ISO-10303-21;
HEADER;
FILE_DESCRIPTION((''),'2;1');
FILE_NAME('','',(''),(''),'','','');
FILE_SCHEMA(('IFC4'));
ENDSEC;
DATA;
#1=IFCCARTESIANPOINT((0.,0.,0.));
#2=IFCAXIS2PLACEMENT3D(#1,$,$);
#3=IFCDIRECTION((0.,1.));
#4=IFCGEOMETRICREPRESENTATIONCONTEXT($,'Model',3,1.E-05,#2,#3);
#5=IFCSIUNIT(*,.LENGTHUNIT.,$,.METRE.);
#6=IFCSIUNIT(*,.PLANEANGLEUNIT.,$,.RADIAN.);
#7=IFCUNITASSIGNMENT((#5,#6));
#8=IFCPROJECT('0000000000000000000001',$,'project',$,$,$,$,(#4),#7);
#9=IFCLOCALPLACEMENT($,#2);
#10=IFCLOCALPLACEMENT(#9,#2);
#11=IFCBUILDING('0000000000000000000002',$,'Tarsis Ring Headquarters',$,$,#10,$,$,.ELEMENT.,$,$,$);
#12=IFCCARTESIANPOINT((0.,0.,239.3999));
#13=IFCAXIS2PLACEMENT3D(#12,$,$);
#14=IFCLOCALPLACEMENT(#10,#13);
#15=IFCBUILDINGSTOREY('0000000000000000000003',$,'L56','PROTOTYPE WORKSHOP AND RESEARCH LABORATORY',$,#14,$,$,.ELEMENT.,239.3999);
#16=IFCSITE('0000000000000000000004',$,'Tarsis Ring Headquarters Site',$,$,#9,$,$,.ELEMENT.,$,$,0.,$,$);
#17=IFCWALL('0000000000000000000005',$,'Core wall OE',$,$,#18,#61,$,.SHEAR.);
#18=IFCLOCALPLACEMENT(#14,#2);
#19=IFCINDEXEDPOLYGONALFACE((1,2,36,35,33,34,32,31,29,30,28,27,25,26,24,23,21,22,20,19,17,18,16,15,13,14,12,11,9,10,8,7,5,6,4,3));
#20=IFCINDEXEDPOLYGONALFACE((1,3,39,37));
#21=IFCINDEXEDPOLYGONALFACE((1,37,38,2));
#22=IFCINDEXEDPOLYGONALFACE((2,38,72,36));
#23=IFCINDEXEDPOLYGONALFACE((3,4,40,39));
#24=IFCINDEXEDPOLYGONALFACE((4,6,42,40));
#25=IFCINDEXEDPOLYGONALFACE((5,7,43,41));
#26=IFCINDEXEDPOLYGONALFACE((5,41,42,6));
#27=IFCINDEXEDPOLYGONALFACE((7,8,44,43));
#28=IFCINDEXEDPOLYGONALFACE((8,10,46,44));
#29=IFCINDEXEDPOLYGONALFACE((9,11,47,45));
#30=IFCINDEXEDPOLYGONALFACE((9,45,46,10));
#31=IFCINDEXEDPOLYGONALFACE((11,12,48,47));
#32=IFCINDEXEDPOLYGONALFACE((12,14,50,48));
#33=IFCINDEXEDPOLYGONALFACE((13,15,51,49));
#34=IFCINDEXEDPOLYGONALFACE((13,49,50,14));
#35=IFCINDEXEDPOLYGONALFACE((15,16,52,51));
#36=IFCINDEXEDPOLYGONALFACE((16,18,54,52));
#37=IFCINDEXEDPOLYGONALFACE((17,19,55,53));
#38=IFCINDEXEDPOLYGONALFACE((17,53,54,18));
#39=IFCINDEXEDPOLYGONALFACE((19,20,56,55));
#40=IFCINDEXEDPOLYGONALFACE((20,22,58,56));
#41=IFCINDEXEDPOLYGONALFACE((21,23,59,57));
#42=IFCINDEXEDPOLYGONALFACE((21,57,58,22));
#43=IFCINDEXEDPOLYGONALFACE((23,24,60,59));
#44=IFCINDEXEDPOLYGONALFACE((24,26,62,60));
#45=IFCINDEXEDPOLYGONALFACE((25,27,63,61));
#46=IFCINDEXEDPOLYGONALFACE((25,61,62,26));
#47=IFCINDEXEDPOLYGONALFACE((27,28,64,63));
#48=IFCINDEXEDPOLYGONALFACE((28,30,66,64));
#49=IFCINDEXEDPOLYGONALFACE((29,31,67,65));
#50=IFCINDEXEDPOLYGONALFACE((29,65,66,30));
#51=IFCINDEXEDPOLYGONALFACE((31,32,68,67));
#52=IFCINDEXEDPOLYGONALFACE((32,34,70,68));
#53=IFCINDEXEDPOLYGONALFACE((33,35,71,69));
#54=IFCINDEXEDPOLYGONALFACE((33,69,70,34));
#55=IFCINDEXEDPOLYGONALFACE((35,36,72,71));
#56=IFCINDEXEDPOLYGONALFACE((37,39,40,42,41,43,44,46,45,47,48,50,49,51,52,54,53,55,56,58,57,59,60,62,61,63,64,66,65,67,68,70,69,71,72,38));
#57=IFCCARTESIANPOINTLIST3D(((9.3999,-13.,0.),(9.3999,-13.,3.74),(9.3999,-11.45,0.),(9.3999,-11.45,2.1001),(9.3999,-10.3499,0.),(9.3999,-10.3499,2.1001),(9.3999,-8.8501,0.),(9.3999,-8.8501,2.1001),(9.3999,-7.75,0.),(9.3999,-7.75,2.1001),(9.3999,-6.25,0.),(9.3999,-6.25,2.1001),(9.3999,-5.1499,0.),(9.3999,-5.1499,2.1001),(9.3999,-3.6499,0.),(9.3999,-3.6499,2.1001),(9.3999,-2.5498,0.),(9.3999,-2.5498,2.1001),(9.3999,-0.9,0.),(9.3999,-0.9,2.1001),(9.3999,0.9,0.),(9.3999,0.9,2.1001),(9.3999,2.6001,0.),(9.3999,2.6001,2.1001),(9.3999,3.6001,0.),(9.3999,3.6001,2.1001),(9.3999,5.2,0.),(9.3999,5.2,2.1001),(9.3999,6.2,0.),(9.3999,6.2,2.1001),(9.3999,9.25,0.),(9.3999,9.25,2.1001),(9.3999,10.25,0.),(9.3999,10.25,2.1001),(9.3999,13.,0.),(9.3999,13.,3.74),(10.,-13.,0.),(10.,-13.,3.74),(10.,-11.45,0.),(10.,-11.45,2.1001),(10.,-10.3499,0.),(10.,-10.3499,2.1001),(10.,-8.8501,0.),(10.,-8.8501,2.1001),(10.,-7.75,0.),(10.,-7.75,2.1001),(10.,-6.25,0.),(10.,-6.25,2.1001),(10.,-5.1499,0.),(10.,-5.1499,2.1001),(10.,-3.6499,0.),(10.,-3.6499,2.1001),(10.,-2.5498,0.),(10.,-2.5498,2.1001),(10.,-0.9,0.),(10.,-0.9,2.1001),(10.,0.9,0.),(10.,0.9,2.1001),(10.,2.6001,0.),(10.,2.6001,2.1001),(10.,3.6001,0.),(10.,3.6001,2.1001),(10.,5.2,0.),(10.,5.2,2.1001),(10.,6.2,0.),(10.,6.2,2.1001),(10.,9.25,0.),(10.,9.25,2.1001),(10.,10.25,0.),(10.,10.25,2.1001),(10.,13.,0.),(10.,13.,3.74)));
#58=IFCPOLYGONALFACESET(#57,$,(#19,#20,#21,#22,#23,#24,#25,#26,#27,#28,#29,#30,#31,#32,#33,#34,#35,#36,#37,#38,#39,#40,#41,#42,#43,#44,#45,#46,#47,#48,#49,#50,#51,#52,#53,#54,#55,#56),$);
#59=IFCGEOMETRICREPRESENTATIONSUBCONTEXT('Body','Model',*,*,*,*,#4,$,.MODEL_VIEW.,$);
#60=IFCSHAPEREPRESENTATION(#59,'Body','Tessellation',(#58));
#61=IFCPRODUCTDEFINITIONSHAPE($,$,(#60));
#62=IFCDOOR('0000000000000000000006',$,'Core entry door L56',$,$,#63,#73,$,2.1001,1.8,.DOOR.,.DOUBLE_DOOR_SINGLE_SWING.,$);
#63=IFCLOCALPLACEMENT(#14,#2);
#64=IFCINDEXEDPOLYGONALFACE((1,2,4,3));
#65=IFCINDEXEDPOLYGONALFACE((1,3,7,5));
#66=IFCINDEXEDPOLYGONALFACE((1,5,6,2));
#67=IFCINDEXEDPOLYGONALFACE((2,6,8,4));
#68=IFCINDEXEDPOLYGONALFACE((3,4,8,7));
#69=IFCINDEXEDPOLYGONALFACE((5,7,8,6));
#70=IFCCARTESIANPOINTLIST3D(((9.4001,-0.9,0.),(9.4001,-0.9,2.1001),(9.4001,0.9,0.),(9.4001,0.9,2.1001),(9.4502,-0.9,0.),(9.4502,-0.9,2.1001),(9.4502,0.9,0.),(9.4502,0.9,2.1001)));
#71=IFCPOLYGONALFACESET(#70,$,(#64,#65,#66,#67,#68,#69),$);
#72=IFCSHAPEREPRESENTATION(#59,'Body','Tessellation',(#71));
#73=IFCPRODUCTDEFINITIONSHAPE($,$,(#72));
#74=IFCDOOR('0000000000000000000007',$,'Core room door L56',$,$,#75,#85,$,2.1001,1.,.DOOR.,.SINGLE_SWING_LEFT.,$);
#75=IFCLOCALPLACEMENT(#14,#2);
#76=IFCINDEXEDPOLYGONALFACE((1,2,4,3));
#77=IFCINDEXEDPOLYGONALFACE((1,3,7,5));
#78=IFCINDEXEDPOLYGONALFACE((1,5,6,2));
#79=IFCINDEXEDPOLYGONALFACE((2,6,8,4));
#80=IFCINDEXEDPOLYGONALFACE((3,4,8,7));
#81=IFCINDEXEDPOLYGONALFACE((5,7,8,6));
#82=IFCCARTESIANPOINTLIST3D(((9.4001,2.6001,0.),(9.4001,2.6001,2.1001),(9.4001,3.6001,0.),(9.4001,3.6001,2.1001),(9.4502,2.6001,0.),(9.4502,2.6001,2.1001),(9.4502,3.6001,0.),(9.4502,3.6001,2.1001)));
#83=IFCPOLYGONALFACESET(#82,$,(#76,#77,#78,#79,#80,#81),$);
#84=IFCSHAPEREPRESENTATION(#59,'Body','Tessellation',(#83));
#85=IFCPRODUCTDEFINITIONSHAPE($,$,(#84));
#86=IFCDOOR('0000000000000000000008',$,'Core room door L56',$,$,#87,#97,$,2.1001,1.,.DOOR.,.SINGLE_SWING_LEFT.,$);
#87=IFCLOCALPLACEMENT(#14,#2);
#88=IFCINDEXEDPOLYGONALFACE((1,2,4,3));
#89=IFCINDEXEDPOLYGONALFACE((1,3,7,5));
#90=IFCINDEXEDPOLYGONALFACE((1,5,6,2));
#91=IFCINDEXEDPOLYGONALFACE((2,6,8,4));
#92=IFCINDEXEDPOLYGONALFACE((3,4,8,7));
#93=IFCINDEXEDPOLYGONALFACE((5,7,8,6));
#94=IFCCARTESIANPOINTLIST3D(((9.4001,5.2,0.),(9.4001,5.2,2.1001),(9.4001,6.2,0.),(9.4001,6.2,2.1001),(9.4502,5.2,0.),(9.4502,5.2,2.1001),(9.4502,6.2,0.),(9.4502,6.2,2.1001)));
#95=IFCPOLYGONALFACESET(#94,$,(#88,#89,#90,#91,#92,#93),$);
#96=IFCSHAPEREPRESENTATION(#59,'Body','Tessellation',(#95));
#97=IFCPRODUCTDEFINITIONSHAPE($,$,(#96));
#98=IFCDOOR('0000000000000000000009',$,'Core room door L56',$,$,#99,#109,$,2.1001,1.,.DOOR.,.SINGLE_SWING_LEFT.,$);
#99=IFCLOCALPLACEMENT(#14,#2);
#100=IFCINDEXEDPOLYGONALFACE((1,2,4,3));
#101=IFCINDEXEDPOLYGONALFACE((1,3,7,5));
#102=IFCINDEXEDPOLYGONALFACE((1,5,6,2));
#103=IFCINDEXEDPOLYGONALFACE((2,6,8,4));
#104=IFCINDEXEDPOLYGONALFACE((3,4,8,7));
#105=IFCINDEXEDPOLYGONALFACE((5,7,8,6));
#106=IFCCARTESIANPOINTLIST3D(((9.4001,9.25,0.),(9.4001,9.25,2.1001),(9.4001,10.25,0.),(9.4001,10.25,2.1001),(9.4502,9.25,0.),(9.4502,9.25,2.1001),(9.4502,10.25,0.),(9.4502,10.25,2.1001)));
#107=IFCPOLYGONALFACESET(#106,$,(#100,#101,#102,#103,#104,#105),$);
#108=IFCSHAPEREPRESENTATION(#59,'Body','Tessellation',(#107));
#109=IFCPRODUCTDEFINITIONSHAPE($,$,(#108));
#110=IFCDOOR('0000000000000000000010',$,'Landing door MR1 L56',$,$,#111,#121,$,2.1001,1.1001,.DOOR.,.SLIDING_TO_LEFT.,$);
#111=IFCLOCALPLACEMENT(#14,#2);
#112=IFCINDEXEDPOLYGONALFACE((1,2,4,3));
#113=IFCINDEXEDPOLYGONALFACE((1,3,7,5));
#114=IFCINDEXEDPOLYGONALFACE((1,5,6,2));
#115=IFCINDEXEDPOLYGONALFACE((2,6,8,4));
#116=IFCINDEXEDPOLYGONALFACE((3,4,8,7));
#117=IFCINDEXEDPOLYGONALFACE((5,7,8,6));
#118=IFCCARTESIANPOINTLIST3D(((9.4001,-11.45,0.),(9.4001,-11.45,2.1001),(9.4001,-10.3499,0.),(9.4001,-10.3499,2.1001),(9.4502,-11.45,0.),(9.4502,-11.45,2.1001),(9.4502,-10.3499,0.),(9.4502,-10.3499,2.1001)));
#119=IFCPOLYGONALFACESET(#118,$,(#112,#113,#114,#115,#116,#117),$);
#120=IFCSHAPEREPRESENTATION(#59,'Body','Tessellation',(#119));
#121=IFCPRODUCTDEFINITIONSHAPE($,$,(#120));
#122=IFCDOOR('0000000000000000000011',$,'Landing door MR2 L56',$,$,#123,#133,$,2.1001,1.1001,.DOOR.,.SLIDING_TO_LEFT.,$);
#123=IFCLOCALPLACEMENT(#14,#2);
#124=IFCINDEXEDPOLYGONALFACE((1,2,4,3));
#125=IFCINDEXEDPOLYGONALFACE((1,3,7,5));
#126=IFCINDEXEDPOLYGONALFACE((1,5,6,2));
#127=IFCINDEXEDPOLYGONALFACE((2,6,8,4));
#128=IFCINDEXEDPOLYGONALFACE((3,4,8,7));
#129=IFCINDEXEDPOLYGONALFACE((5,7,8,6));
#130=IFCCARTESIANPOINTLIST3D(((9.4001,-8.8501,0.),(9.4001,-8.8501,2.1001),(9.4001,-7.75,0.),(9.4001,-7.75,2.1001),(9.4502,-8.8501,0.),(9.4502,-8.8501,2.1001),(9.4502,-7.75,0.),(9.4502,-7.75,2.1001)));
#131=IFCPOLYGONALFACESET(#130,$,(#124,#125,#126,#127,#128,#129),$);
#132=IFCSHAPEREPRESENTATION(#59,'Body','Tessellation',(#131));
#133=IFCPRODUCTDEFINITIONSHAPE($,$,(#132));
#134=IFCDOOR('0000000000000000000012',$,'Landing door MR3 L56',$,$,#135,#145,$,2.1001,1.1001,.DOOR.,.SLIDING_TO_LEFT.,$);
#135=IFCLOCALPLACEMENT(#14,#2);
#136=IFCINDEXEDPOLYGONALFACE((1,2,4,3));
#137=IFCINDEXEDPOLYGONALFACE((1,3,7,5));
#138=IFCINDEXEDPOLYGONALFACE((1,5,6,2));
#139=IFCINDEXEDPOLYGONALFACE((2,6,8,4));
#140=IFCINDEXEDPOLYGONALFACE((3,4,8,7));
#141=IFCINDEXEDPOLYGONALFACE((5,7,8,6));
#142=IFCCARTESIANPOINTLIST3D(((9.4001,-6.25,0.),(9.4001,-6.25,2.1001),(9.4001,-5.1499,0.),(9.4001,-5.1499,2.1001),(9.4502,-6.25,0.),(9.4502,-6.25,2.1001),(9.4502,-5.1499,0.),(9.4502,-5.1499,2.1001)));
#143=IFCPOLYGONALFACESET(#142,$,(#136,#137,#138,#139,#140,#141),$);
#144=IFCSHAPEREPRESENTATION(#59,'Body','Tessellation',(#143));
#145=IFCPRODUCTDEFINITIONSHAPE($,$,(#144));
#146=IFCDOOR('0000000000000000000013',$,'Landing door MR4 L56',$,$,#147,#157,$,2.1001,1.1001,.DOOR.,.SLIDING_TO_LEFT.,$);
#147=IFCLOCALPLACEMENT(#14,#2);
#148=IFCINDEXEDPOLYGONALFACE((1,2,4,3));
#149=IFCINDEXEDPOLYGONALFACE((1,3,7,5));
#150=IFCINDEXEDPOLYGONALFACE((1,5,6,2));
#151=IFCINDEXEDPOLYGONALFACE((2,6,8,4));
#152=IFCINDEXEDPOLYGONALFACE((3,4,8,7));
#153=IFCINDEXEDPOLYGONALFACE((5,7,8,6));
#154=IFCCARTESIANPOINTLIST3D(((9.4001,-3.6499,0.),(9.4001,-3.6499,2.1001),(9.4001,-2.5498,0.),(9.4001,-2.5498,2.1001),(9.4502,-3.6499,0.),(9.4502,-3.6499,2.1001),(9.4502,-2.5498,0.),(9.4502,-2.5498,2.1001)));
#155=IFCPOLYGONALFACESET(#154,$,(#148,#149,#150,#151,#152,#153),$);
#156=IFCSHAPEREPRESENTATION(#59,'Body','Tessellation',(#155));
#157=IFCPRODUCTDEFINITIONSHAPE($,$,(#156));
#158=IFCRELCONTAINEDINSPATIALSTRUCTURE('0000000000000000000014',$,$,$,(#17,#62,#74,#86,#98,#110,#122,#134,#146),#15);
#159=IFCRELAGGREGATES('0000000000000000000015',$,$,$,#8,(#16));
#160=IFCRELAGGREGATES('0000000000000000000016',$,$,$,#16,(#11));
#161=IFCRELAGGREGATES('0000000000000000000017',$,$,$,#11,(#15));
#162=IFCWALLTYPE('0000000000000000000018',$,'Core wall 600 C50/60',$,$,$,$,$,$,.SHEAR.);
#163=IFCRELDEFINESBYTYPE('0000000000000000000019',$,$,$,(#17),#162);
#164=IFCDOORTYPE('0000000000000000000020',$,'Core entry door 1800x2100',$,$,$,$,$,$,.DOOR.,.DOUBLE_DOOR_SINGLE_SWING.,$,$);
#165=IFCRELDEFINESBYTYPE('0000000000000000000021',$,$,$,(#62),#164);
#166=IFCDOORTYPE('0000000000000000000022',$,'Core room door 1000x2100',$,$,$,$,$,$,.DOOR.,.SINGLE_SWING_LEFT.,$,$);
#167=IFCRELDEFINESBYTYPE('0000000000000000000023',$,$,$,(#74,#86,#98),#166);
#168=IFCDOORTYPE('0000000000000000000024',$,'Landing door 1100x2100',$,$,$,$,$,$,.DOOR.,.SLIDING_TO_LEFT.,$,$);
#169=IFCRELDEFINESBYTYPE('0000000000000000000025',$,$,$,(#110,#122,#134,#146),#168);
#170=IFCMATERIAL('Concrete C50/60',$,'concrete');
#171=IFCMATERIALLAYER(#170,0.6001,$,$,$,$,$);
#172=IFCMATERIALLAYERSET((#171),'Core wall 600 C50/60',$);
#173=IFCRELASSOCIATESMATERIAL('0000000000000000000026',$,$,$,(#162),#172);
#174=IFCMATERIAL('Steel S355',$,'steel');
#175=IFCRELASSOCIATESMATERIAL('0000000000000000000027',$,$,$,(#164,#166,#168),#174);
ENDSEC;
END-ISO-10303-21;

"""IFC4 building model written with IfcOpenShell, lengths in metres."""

from ifc_helpers import new_model, si_unit, direction, frame, frame_2d, origin, place, context, subcontext, project, spatial, rectangle, extrude, material, layer, layer_set, type_object, element, fill, save


model = new_model("IFC4")

# Units and contexts
model_context = context("Model", 3, precision=1e-05, world=origin(), true_north=direction((0.0, 1.0)))
body_context = subcontext(model_context, "Body", "Model", "MODEL_VIEW")
ifc_project = project(units=[si_unit("LENGTHUNIT", "METRE"), si_unit("PLANEANGLEUNIT", "RADIAN")], contexts=[model_context])

# Site, building, storey
site_placement = place(None, origin())
site = spatial("IfcSite", under=ifc_project, at=site_placement, Name="Tarsis Ring Headquarters Site", CompositionType="ELEMENT", RefElevation=0.0)
building_placement = place(site_placement, origin())
building = spatial("IfcBuilding", under=site, at=building_placement, Name="Tarsis Ring Headquarters", CompositionType="ELEMENT")
storey_placement = place(building_placement, frame((0.0, 0.0, 239.3999)))
storey = spatial("IfcBuildingStorey", under=building, at=storey_placement, Name="L56", Description="PROTOTYPE WORKSHOP AND RESEARCH LABORATORY", CompositionType="ELEMENT", Elevation=239.3999)

# Wall, openings, doors
ifc_material_1 = material(Name="Concrete C50/60", Category="concrete")
ifc_layer_1 = layer(ifc_material_1, 0.6001)
ifc_layer_set_1 = layer_set([ifc_layer_1], Name="Core wall 600 C50/60")
wall_type_1 = type_object("IfcWallType", Name="Core wall 600 C50/60", PredefinedType="SHEAR", material=ifc_layer_set_1)
wall_1_placement = place(storey_placement, frame((9.7, -13.0, 0.0), z_axis=(0.0, 0.0, 1.0), x_axis=(0.0, 1.0, 0.0)))
wall_1 = element("IfcWall", 1, at=wall_1_placement, inside=storey, type_object=wall_type_1, Name="Core wall OE", PredefinedType="SHEAR", context=body_context, shape_type="SweptSolid", body=[
    extrude(rectangle(XDim=26.0, YDim=0.6001, at=frame_2d((13.0, 0.0))), origin(), (0.0, 0.0, 1.0), 3.74),
])
opening_1_placement = place(wall_1_placement, frame((1.55, 0.0, 0.0)))
opening_1 = element("IfcOpeningElement", 2, at=opening_1_placement, cuts=wall_1, PredefinedType="OPENING", context=body_context, shape_type="SweptSolid", body=[
    extrude(rectangle(XDim=1.1001, YDim=2.1001, at=frame_2d((0.55, 1.05))), frame((0.0, 0.3101, 0.0), z_axis=(0.0, -1.0, 0.0), x_axis=(1.0, 0.0, 0.0)), (0.0, 0.0, 1.0), 0.6201),
])
opening_2_placement = place(wall_1_placement, frame((4.1499, 0.0, 0.0)))
opening_2 = element("IfcOpeningElement", 3, at=opening_2_placement, cuts=wall_1, PredefinedType="OPENING", context=body_context, shape_type="SweptSolid", body=[
    extrude(rectangle(XDim=1.1001, YDim=2.1001, at=frame_2d((0.55, 1.05))), frame((0.0, 0.3101, 0.0), z_axis=(0.0, -1.0, 0.0), x_axis=(1.0, 0.0, 0.0)), (0.0, 0.0, 1.0), 0.6201),
])
opening_3_placement = place(wall_1_placement, frame((6.75, 0.0, 0.0)))
opening_3 = element("IfcOpeningElement", 4, at=opening_3_placement, cuts=wall_1, PredefinedType="OPENING", context=body_context, shape_type="SweptSolid", body=[
    extrude(rectangle(XDim=1.1001, YDim=2.1001, at=frame_2d((0.55, 1.05))), frame((0.0, 0.3101, 0.0), z_axis=(0.0, -1.0, 0.0), x_axis=(1.0, 0.0, 0.0)), (0.0, 0.0, 1.0), 0.6201),
])
opening_4_placement = place(wall_1_placement, frame((9.3501, 0.0, 0.0)))
opening_4 = element("IfcOpeningElement", 5, at=opening_4_placement, cuts=wall_1, PredefinedType="OPENING", context=body_context, shape_type="SweptSolid", body=[
    extrude(rectangle(XDim=1.1001, YDim=2.1001, at=frame_2d((0.55, 1.05))), frame((0.0, 0.3101, 0.0), z_axis=(0.0, -1.0, 0.0), x_axis=(1.0, 0.0, 0.0)), (0.0, 0.0, 1.0), 0.6201),
])
opening_5_placement = place(wall_1_placement, frame((12.1001, 0.0, 0.0)))
opening_5 = element("IfcOpeningElement", 6, at=opening_5_placement, cuts=wall_1, PredefinedType="OPENING", context=body_context, shape_type="SweptSolid", body=[
    extrude(rectangle(XDim=1.8, YDim=2.1001, at=frame_2d((0.8999, 1.05))), frame((0.0, 0.3101, 0.0), z_axis=(0.0, -1.0, 0.0), x_axis=(1.0, 0.0, 0.0)), (0.0, 0.0, 1.0), 0.6201),
])
opening_6_placement = place(wall_1_placement, frame((15.6001, 0.0, 0.0)))
opening_6 = element("IfcOpeningElement", 7, at=opening_6_placement, cuts=wall_1, PredefinedType="OPENING", context=body_context, shape_type="SweptSolid", body=[
    extrude(rectangle(XDim=1.0, YDim=2.1001, at=frame_2d((0.5, 1.05))), frame((0.0, 0.3101, 0.0), z_axis=(0.0, -1.0, 0.0), x_axis=(1.0, 0.0, 0.0)), (0.0, 0.0, 1.0), 0.6201),
])
opening_7_placement = place(wall_1_placement, frame((18.2, 0.0, 0.0)))
opening_7 = element("IfcOpeningElement", 8, at=opening_7_placement, cuts=wall_1, PredefinedType="OPENING", context=body_context, shape_type="SweptSolid", body=[
    extrude(rectangle(XDim=1.0, YDim=2.1001, at=frame_2d((0.5, 1.05))), frame((0.0, 0.3101, 0.0), z_axis=(0.0, -1.0, 0.0), x_axis=(1.0, 0.0, 0.0)), (0.0, 0.0, 1.0), 0.6201),
])
opening_8_placement = place(wall_1_placement, frame((22.25, 0.0, 0.0)))
opening_8 = element("IfcOpeningElement", 9, at=opening_8_placement, cuts=wall_1, PredefinedType="OPENING", context=body_context, shape_type="SweptSolid", body=[
    extrude(rectangle(XDim=1.0, YDim=2.1001, at=frame_2d((0.5, 1.05))), frame((0.0, 0.3101, 0.0), z_axis=(0.0, -1.0, 0.0), x_axis=(1.0, 0.0, 0.0)), (0.0, 0.0, 1.0), 0.6201),
])
ifc_material_2 = material(Name="Steel S355", Category="steel")
door_type_1 = type_object("IfcDoorType", Name="Core entry door 1800x2100", OperationType="DOUBLE_DOOR_SINGLE_SWING", PredefinedType="DOOR", material=ifc_material_2)
door_1_placement = place(opening_5_placement, origin())
door_1 = element("IfcDoor", 10, at=door_1_placement, inside=storey, type_object=door_type_1, Name="Core entry door L56", OperationType="DOUBLE_DOOR_SINGLE_SWING", OverallHeight=2.1001, OverallWidth=1.8, PredefinedType="DOOR", context=body_context, shape_type="SweptSolid", body=[
    extrude(rectangle(XDim=1.8, YDim=2.1001, at=frame_2d((0.8999, 1.05))), frame((0.0, 0.2998, 0.0), z_axis=(0.0, -1.0, 0.0), x_axis=(1.0, 0.0, 0.0)), (0.0, 0.0, 1.0), 0.05),
])
fill(opening_5, door_1)
door_type_2 = type_object("IfcDoorType", Name="Core room door 1000x2100", OperationType="SINGLE_SWING_LEFT", PredefinedType="DOOR", material=ifc_material_2)
door_2_placement = place(opening_6_placement, origin())
door_2 = element("IfcDoor", 11, at=door_2_placement, inside=storey, type_object=door_type_2, Name="Core room door L56", OperationType="SINGLE_SWING_LEFT", OverallHeight=2.1001, OverallWidth=1.0, PredefinedType="DOOR", context=body_context, shape_type="SweptSolid", body=[
    extrude(rectangle(XDim=1.0, YDim=2.1001, at=frame_2d((0.5, 1.05))), frame((0.0, 0.2998, 0.0), z_axis=(0.0, -1.0, 0.0), x_axis=(1.0, 0.0, 0.0)), (0.0, 0.0, 1.0), 0.05),
])
fill(opening_6, door_2)
door_3_placement = place(opening_7_placement, origin())
door_3 = element("IfcDoor", 12, at=door_3_placement, inside=storey, type_object=door_type_2, Name="Core room door L56", OperationType="SINGLE_SWING_LEFT", OverallHeight=2.1001, OverallWidth=1.0, PredefinedType="DOOR", context=body_context, shape_type="SweptSolid", body=[
    extrude(rectangle(XDim=1.0, YDim=2.1001, at=frame_2d((0.5, 1.05))), frame((0.0, 0.2998, 0.0), z_axis=(0.0, -1.0, 0.0), x_axis=(1.0, 0.0, 0.0)), (0.0, 0.0, 1.0), 0.05),
])
fill(opening_7, door_3)
door_4_placement = place(opening_8_placement, origin())
door_4 = element("IfcDoor", 13, at=door_4_placement, inside=storey, type_object=door_type_2, Name="Core room door L56", OperationType="SINGLE_SWING_LEFT", OverallHeight=2.1001, OverallWidth=1.0, PredefinedType="DOOR", context=body_context, shape_type="SweptSolid", body=[
    extrude(rectangle(XDim=1.0, YDim=2.1001, at=frame_2d((0.5, 1.05))), frame((0.0, 0.2998, 0.0), z_axis=(0.0, -1.0, 0.0), x_axis=(1.0, 0.0, 0.0)), (0.0, 0.0, 1.0), 0.05),
])
fill(opening_8, door_4)
door_type_3 = type_object("IfcDoorType", Name="Landing door 1100x2100", OperationType="SLIDING_TO_LEFT", PredefinedType="DOOR", material=ifc_material_2)
door_5_placement = place(opening_1_placement, origin())
door_5 = element("IfcDoor", 14, at=door_5_placement, inside=storey, type_object=door_type_3, Name="Landing door MR1 L56", OperationType="SLIDING_TO_LEFT", OverallHeight=2.1001, OverallWidth=1.1001, PredefinedType="DOOR", context=body_context, shape_type="SweptSolid", body=[
    extrude(rectangle(XDim=1.1001, YDim=2.1001, at=frame_2d((0.55, 1.05))), frame((0.0, 0.2998, 0.0), z_axis=(0.0, -1.0, 0.0), x_axis=(1.0, 0.0, 0.0)), (0.0, 0.0, 1.0), 0.05),
])
fill(opening_1, door_5)
door_6_placement = place(opening_2_placement, origin())
door_6 = element("IfcDoor", 15, at=door_6_placement, inside=storey, type_object=door_type_3, Name="Landing door MR2 L56", OperationType="SLIDING_TO_LEFT", OverallHeight=2.1001, OverallWidth=1.1001, PredefinedType="DOOR", context=body_context, shape_type="SweptSolid", body=[
    extrude(rectangle(XDim=1.1001, YDim=2.1001, at=frame_2d((0.55, 1.05))), frame((0.0, 0.2998, 0.0), z_axis=(0.0, -1.0, 0.0), x_axis=(1.0, 0.0, 0.0)), (0.0, 0.0, 1.0), 0.05),
])
fill(opening_2, door_6)
door_7_placement = place(opening_3_placement, origin())
door_7 = element("IfcDoor", 16, at=door_7_placement, inside=storey, type_object=door_type_3, Name="Landing door MR3 L56", OperationType="SLIDING_TO_LEFT", OverallHeight=2.1001, OverallWidth=1.1001, PredefinedType="DOOR", context=body_context, shape_type="SweptSolid", body=[
    extrude(rectangle(XDim=1.1001, YDim=2.1001, at=frame_2d((0.55, 1.05))), frame((0.0, 0.2998, 0.0), z_axis=(0.0, -1.0, 0.0), x_axis=(1.0, 0.0, 0.0)), (0.0, 0.0, 1.0), 0.05),
])
fill(opening_3, door_7)
door_8_placement = place(opening_4_placement, origin())
door_8 = element("IfcDoor", 17, at=door_8_placement, inside=storey, type_object=door_type_3, Name="Landing door MR4 L56", OperationType="SLIDING_TO_LEFT", OverallHeight=2.1001, OverallWidth=1.1001, PredefinedType="DOOR", context=body_context, shape_type="SweptSolid", body=[
    extrude(rectangle(XDim=1.1001, YDim=2.1001, at=frame_2d((0.55, 1.05))), frame((0.0, 0.2998, 0.0), z_axis=(0.0, -1.0, 0.0), x_axis=(1.0, 0.0, 0.0)), (0.0, 0.0, 1.0), 0.05),
])
fill(opening_4, door_8)

save(model, "model.ifc")
